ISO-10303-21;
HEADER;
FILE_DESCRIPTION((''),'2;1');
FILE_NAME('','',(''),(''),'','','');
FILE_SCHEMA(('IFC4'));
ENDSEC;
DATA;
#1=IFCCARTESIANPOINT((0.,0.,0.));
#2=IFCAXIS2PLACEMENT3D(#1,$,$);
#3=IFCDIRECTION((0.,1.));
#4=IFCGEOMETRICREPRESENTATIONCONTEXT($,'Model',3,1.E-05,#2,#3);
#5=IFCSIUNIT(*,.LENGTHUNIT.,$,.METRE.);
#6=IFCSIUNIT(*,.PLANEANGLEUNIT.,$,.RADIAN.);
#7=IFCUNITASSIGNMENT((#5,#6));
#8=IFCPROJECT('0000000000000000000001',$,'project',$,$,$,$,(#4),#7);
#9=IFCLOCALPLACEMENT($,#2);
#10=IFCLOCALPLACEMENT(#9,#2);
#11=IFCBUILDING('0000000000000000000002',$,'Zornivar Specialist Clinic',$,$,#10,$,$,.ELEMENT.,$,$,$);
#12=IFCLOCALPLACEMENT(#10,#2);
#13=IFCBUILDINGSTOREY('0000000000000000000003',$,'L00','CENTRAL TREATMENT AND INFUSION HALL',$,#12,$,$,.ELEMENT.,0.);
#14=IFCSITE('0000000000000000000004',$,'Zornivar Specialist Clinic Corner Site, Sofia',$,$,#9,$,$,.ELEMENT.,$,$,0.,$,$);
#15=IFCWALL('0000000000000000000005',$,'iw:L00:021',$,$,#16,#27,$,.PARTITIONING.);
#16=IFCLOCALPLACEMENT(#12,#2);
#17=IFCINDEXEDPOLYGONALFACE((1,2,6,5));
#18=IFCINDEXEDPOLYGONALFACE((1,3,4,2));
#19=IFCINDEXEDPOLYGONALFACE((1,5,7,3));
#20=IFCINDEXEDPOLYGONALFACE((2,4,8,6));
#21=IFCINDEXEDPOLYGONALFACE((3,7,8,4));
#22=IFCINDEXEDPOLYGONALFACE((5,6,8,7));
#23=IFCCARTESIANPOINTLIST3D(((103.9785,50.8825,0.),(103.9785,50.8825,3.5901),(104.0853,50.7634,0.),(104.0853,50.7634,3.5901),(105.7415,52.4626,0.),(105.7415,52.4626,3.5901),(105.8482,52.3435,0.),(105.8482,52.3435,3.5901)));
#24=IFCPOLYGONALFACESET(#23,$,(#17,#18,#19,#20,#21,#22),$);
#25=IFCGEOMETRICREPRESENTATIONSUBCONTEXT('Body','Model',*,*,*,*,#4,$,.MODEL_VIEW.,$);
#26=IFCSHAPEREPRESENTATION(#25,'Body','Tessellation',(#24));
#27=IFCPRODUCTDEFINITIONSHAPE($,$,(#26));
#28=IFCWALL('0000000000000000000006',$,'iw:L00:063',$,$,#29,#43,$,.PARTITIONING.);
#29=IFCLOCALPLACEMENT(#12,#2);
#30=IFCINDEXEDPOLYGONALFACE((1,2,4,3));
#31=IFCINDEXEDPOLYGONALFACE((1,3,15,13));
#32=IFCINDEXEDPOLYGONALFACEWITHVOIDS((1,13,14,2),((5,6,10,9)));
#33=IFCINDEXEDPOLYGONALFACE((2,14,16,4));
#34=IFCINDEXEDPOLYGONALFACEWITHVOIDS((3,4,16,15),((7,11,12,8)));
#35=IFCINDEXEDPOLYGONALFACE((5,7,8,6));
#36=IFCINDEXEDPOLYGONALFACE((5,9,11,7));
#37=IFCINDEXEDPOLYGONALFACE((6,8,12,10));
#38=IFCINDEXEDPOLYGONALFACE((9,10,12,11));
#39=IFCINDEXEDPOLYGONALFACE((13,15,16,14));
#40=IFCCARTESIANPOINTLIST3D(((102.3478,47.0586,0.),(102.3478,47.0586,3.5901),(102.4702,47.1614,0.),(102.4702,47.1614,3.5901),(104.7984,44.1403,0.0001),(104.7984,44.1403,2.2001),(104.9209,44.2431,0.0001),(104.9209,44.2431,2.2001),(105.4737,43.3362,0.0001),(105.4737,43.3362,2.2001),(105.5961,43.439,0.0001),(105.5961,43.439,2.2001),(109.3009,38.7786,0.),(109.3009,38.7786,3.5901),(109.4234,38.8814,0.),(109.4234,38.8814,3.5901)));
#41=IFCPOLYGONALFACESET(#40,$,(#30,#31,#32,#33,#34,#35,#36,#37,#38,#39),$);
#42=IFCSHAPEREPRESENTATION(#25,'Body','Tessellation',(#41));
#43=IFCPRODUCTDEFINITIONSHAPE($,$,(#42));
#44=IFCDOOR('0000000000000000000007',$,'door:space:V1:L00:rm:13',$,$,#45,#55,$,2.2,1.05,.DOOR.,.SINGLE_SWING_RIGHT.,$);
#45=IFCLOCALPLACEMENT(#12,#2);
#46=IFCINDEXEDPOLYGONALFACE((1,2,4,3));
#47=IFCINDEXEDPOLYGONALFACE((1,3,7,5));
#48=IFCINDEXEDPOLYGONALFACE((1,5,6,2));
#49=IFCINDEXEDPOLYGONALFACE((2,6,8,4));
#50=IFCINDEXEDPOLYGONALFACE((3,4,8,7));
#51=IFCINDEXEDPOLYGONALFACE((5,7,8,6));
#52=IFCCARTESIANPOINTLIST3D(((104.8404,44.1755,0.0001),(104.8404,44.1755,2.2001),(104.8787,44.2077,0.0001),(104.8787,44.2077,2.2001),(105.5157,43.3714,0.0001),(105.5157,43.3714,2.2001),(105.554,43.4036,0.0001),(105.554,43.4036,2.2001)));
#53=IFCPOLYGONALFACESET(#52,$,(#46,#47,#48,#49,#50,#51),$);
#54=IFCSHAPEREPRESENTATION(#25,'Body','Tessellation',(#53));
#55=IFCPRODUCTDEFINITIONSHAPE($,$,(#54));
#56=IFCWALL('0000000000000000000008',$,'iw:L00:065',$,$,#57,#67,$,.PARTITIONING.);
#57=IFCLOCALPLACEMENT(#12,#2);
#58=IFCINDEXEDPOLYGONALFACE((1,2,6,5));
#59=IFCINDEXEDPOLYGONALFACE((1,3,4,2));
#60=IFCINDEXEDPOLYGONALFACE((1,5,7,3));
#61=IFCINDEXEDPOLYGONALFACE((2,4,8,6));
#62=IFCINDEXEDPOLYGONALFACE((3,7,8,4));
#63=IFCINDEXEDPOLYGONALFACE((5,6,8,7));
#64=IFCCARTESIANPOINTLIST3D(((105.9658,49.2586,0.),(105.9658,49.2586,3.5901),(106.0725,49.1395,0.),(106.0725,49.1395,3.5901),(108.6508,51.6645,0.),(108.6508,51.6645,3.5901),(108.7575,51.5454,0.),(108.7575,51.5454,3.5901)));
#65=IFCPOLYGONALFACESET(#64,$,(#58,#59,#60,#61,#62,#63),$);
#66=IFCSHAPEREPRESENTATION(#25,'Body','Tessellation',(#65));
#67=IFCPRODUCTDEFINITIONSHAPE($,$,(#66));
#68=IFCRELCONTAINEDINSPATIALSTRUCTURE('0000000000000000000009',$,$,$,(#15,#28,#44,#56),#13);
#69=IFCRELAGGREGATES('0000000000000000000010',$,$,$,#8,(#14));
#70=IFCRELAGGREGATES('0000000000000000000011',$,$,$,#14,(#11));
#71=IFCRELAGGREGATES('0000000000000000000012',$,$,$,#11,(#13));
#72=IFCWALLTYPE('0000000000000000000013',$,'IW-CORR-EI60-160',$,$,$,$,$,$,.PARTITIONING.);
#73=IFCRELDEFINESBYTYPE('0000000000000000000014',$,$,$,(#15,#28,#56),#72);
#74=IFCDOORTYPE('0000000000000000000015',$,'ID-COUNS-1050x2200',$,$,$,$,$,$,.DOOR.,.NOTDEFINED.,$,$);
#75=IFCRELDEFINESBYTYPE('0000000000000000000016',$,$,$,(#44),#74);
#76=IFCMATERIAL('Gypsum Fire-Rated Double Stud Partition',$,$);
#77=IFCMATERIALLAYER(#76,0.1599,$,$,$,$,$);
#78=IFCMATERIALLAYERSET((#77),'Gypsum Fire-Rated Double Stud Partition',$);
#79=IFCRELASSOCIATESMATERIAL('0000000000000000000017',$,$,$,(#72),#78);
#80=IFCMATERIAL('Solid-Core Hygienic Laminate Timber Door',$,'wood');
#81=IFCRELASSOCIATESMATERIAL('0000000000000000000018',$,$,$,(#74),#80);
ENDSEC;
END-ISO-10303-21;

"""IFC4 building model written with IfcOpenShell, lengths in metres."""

from ifc_helpers import new_model, si_unit, direction, frame, frame_2d, origin, place, context, subcontext, project, spatial, rectangle, extrude, material, layer, layer_set, type_object, element, fill, save


model = new_model("IFC4")

# Units and contexts
model_context = context("Model", 3, precision=1e-05, world=origin(), true_north=direction((0.0, 1.0)))
body_context = subcontext(model_context, "Body", "Model", "MODEL_VIEW")
ifc_project = project(units=[si_unit("LENGTHUNIT", "METRE"), si_unit("PLANEANGLEUNIT", "RADIAN")], contexts=[model_context])

# Site, building, storey
site_placement = place(None, origin())
site = spatial("IfcSite", under=ifc_project, at=site_placement, Name="Zornivar Specialist Clinic Corner Site, Sofia", CompositionType="ELEMENT", RefElevation=0.0)
building_placement = place(site_placement, origin())
building = spatial("IfcBuilding", under=site, at=building_placement, Name="Zornivar Specialist Clinic", CompositionType="ELEMENT")
storey_placement = place(building_placement, origin())
storey = spatial("IfcBuildingStorey", under=building, at=storey_placement, Name="L00", Description="CENTRAL TREATMENT AND INFUSION HALL", CompositionType="ELEMENT", Elevation=0.0)

# Wall
ifc_material_1 = material(Name="Gypsum Fire-Rated Double Stud Partition")
ifc_layer = layer(ifc_material_1, 0.1599)
ifc_layer_set = layer_set([ifc_layer], Name="Gypsum Fire-Rated Double Stud Partition")
wall_type = type_object("IfcWallType", Name="IW-CORR-EI60-160", PredefinedType="PARTITIONING", material=ifc_layer_set)
wall_1_placement = place(storey_placement, frame((104.032, 50.823, 0.0), z_axis=(0.0, 0.0, 1.0), x_axis=(0.744672, 0.667431, 0.0)))
element("IfcWall", 1, at=wall_1_placement, inside=storey, type_object=wall_type, Name="iw:L00:021", PredefinedType="PARTITIONING", context=body_context, shape_type="SweptSolid", body=[
    extrude(rectangle(XDim=2.3674, YDim=0.1599, at=frame_2d((1.1836, 0.0))), origin(), (0.0, 0.0, 1.0), 3.5901),
])

# Wall, opening, door
wall_2_placement = place(storey_placement, frame((102.4089, 47.1101, 0.0), z_axis=(0.0, 0.0, 1.0), x_axis=(0.643078, -0.7658, 0.0)))
wall_2 = element("IfcWall", 2, at=wall_2_placement, inside=storey, type_object=wall_type, Name="iw:L00:063", PredefinedType="PARTITIONING", context=body_context, shape_type="SweptSolid", body=[
    extrude(rectangle(XDim=10.8123, YDim=0.1599, at=frame_2d((5.4062, 0.0))), origin(), (0.0, 0.0, 1.0), 3.5901),
])
opening_placement = place(wall_2_placement, frame((3.811, 0.0, 0.0)))
opening = element("IfcOpeningElement", 3, at=opening_placement, cuts=wall_2, PredefinedType="OPENING", context=body_context, shape_type="SweptSolid", body=[
    extrude(rectangle(XDim=1.05, YDim=2.2, at=frame_2d((0.5249, 1.1001))), frame((0.0, 0.0898, 0.0), z_axis=(0.0, -1.0, 0.0), x_axis=(1.0, 0.0, 0.0)), (0.0, 0.0, 1.0), 0.1799),
])
ifc_material_2 = material(Name="Solid-Core Hygienic Laminate Timber Door", Category="wood")
door_type = type_object("IfcDoorType", Name="ID-COUNS-1050x2200", OperationType="NOTDEFINED", PredefinedType="DOOR", material=ifc_material_2)
door_placement = place(opening_placement, origin())
door = element("IfcDoor", 4, at=door_placement, inside=storey, type_object=door_type, Name="door:space:V1:L00:rm:13", OperationType="SINGLE_SWING_RIGHT", OverallHeight=2.2, OverallWidth=1.05, PredefinedType="DOOR", context=body_context, shape_type="SweptSolid", body=[
    extrude(rectangle(XDim=1.05, YDim=2.2, at=frame_2d((0.5249, 1.1001))), frame((0.0, 0.0249, 0.0), z_axis=(0.0, -1.0, 0.0), x_axis=(1.0, 0.0, 0.0)), (0.0, 0.0, 1.0), 0.05),
])
fill(opening, door)

# Wall
wall_3_placement = place(storey_placement, frame((106.019, 49.199, 0.0), z_axis=(0.0, 0.0, 1.0), x_axis=(0.744747, 0.667347, 0.0)))
element("IfcWall", 5, at=wall_3_placement, inside=storey, type_object=wall_type, Name="iw:L00:065", PredefinedType="PARTITIONING", context=body_context, shape_type="SweptSolid", body=[
    extrude(rectangle(XDim=3.6052, YDim=0.1599, at=frame_2d((1.8027, 0.0))), origin(), (0.0, 0.0, 1.0), 3.5901),
])

save(model, "model.ifc")
